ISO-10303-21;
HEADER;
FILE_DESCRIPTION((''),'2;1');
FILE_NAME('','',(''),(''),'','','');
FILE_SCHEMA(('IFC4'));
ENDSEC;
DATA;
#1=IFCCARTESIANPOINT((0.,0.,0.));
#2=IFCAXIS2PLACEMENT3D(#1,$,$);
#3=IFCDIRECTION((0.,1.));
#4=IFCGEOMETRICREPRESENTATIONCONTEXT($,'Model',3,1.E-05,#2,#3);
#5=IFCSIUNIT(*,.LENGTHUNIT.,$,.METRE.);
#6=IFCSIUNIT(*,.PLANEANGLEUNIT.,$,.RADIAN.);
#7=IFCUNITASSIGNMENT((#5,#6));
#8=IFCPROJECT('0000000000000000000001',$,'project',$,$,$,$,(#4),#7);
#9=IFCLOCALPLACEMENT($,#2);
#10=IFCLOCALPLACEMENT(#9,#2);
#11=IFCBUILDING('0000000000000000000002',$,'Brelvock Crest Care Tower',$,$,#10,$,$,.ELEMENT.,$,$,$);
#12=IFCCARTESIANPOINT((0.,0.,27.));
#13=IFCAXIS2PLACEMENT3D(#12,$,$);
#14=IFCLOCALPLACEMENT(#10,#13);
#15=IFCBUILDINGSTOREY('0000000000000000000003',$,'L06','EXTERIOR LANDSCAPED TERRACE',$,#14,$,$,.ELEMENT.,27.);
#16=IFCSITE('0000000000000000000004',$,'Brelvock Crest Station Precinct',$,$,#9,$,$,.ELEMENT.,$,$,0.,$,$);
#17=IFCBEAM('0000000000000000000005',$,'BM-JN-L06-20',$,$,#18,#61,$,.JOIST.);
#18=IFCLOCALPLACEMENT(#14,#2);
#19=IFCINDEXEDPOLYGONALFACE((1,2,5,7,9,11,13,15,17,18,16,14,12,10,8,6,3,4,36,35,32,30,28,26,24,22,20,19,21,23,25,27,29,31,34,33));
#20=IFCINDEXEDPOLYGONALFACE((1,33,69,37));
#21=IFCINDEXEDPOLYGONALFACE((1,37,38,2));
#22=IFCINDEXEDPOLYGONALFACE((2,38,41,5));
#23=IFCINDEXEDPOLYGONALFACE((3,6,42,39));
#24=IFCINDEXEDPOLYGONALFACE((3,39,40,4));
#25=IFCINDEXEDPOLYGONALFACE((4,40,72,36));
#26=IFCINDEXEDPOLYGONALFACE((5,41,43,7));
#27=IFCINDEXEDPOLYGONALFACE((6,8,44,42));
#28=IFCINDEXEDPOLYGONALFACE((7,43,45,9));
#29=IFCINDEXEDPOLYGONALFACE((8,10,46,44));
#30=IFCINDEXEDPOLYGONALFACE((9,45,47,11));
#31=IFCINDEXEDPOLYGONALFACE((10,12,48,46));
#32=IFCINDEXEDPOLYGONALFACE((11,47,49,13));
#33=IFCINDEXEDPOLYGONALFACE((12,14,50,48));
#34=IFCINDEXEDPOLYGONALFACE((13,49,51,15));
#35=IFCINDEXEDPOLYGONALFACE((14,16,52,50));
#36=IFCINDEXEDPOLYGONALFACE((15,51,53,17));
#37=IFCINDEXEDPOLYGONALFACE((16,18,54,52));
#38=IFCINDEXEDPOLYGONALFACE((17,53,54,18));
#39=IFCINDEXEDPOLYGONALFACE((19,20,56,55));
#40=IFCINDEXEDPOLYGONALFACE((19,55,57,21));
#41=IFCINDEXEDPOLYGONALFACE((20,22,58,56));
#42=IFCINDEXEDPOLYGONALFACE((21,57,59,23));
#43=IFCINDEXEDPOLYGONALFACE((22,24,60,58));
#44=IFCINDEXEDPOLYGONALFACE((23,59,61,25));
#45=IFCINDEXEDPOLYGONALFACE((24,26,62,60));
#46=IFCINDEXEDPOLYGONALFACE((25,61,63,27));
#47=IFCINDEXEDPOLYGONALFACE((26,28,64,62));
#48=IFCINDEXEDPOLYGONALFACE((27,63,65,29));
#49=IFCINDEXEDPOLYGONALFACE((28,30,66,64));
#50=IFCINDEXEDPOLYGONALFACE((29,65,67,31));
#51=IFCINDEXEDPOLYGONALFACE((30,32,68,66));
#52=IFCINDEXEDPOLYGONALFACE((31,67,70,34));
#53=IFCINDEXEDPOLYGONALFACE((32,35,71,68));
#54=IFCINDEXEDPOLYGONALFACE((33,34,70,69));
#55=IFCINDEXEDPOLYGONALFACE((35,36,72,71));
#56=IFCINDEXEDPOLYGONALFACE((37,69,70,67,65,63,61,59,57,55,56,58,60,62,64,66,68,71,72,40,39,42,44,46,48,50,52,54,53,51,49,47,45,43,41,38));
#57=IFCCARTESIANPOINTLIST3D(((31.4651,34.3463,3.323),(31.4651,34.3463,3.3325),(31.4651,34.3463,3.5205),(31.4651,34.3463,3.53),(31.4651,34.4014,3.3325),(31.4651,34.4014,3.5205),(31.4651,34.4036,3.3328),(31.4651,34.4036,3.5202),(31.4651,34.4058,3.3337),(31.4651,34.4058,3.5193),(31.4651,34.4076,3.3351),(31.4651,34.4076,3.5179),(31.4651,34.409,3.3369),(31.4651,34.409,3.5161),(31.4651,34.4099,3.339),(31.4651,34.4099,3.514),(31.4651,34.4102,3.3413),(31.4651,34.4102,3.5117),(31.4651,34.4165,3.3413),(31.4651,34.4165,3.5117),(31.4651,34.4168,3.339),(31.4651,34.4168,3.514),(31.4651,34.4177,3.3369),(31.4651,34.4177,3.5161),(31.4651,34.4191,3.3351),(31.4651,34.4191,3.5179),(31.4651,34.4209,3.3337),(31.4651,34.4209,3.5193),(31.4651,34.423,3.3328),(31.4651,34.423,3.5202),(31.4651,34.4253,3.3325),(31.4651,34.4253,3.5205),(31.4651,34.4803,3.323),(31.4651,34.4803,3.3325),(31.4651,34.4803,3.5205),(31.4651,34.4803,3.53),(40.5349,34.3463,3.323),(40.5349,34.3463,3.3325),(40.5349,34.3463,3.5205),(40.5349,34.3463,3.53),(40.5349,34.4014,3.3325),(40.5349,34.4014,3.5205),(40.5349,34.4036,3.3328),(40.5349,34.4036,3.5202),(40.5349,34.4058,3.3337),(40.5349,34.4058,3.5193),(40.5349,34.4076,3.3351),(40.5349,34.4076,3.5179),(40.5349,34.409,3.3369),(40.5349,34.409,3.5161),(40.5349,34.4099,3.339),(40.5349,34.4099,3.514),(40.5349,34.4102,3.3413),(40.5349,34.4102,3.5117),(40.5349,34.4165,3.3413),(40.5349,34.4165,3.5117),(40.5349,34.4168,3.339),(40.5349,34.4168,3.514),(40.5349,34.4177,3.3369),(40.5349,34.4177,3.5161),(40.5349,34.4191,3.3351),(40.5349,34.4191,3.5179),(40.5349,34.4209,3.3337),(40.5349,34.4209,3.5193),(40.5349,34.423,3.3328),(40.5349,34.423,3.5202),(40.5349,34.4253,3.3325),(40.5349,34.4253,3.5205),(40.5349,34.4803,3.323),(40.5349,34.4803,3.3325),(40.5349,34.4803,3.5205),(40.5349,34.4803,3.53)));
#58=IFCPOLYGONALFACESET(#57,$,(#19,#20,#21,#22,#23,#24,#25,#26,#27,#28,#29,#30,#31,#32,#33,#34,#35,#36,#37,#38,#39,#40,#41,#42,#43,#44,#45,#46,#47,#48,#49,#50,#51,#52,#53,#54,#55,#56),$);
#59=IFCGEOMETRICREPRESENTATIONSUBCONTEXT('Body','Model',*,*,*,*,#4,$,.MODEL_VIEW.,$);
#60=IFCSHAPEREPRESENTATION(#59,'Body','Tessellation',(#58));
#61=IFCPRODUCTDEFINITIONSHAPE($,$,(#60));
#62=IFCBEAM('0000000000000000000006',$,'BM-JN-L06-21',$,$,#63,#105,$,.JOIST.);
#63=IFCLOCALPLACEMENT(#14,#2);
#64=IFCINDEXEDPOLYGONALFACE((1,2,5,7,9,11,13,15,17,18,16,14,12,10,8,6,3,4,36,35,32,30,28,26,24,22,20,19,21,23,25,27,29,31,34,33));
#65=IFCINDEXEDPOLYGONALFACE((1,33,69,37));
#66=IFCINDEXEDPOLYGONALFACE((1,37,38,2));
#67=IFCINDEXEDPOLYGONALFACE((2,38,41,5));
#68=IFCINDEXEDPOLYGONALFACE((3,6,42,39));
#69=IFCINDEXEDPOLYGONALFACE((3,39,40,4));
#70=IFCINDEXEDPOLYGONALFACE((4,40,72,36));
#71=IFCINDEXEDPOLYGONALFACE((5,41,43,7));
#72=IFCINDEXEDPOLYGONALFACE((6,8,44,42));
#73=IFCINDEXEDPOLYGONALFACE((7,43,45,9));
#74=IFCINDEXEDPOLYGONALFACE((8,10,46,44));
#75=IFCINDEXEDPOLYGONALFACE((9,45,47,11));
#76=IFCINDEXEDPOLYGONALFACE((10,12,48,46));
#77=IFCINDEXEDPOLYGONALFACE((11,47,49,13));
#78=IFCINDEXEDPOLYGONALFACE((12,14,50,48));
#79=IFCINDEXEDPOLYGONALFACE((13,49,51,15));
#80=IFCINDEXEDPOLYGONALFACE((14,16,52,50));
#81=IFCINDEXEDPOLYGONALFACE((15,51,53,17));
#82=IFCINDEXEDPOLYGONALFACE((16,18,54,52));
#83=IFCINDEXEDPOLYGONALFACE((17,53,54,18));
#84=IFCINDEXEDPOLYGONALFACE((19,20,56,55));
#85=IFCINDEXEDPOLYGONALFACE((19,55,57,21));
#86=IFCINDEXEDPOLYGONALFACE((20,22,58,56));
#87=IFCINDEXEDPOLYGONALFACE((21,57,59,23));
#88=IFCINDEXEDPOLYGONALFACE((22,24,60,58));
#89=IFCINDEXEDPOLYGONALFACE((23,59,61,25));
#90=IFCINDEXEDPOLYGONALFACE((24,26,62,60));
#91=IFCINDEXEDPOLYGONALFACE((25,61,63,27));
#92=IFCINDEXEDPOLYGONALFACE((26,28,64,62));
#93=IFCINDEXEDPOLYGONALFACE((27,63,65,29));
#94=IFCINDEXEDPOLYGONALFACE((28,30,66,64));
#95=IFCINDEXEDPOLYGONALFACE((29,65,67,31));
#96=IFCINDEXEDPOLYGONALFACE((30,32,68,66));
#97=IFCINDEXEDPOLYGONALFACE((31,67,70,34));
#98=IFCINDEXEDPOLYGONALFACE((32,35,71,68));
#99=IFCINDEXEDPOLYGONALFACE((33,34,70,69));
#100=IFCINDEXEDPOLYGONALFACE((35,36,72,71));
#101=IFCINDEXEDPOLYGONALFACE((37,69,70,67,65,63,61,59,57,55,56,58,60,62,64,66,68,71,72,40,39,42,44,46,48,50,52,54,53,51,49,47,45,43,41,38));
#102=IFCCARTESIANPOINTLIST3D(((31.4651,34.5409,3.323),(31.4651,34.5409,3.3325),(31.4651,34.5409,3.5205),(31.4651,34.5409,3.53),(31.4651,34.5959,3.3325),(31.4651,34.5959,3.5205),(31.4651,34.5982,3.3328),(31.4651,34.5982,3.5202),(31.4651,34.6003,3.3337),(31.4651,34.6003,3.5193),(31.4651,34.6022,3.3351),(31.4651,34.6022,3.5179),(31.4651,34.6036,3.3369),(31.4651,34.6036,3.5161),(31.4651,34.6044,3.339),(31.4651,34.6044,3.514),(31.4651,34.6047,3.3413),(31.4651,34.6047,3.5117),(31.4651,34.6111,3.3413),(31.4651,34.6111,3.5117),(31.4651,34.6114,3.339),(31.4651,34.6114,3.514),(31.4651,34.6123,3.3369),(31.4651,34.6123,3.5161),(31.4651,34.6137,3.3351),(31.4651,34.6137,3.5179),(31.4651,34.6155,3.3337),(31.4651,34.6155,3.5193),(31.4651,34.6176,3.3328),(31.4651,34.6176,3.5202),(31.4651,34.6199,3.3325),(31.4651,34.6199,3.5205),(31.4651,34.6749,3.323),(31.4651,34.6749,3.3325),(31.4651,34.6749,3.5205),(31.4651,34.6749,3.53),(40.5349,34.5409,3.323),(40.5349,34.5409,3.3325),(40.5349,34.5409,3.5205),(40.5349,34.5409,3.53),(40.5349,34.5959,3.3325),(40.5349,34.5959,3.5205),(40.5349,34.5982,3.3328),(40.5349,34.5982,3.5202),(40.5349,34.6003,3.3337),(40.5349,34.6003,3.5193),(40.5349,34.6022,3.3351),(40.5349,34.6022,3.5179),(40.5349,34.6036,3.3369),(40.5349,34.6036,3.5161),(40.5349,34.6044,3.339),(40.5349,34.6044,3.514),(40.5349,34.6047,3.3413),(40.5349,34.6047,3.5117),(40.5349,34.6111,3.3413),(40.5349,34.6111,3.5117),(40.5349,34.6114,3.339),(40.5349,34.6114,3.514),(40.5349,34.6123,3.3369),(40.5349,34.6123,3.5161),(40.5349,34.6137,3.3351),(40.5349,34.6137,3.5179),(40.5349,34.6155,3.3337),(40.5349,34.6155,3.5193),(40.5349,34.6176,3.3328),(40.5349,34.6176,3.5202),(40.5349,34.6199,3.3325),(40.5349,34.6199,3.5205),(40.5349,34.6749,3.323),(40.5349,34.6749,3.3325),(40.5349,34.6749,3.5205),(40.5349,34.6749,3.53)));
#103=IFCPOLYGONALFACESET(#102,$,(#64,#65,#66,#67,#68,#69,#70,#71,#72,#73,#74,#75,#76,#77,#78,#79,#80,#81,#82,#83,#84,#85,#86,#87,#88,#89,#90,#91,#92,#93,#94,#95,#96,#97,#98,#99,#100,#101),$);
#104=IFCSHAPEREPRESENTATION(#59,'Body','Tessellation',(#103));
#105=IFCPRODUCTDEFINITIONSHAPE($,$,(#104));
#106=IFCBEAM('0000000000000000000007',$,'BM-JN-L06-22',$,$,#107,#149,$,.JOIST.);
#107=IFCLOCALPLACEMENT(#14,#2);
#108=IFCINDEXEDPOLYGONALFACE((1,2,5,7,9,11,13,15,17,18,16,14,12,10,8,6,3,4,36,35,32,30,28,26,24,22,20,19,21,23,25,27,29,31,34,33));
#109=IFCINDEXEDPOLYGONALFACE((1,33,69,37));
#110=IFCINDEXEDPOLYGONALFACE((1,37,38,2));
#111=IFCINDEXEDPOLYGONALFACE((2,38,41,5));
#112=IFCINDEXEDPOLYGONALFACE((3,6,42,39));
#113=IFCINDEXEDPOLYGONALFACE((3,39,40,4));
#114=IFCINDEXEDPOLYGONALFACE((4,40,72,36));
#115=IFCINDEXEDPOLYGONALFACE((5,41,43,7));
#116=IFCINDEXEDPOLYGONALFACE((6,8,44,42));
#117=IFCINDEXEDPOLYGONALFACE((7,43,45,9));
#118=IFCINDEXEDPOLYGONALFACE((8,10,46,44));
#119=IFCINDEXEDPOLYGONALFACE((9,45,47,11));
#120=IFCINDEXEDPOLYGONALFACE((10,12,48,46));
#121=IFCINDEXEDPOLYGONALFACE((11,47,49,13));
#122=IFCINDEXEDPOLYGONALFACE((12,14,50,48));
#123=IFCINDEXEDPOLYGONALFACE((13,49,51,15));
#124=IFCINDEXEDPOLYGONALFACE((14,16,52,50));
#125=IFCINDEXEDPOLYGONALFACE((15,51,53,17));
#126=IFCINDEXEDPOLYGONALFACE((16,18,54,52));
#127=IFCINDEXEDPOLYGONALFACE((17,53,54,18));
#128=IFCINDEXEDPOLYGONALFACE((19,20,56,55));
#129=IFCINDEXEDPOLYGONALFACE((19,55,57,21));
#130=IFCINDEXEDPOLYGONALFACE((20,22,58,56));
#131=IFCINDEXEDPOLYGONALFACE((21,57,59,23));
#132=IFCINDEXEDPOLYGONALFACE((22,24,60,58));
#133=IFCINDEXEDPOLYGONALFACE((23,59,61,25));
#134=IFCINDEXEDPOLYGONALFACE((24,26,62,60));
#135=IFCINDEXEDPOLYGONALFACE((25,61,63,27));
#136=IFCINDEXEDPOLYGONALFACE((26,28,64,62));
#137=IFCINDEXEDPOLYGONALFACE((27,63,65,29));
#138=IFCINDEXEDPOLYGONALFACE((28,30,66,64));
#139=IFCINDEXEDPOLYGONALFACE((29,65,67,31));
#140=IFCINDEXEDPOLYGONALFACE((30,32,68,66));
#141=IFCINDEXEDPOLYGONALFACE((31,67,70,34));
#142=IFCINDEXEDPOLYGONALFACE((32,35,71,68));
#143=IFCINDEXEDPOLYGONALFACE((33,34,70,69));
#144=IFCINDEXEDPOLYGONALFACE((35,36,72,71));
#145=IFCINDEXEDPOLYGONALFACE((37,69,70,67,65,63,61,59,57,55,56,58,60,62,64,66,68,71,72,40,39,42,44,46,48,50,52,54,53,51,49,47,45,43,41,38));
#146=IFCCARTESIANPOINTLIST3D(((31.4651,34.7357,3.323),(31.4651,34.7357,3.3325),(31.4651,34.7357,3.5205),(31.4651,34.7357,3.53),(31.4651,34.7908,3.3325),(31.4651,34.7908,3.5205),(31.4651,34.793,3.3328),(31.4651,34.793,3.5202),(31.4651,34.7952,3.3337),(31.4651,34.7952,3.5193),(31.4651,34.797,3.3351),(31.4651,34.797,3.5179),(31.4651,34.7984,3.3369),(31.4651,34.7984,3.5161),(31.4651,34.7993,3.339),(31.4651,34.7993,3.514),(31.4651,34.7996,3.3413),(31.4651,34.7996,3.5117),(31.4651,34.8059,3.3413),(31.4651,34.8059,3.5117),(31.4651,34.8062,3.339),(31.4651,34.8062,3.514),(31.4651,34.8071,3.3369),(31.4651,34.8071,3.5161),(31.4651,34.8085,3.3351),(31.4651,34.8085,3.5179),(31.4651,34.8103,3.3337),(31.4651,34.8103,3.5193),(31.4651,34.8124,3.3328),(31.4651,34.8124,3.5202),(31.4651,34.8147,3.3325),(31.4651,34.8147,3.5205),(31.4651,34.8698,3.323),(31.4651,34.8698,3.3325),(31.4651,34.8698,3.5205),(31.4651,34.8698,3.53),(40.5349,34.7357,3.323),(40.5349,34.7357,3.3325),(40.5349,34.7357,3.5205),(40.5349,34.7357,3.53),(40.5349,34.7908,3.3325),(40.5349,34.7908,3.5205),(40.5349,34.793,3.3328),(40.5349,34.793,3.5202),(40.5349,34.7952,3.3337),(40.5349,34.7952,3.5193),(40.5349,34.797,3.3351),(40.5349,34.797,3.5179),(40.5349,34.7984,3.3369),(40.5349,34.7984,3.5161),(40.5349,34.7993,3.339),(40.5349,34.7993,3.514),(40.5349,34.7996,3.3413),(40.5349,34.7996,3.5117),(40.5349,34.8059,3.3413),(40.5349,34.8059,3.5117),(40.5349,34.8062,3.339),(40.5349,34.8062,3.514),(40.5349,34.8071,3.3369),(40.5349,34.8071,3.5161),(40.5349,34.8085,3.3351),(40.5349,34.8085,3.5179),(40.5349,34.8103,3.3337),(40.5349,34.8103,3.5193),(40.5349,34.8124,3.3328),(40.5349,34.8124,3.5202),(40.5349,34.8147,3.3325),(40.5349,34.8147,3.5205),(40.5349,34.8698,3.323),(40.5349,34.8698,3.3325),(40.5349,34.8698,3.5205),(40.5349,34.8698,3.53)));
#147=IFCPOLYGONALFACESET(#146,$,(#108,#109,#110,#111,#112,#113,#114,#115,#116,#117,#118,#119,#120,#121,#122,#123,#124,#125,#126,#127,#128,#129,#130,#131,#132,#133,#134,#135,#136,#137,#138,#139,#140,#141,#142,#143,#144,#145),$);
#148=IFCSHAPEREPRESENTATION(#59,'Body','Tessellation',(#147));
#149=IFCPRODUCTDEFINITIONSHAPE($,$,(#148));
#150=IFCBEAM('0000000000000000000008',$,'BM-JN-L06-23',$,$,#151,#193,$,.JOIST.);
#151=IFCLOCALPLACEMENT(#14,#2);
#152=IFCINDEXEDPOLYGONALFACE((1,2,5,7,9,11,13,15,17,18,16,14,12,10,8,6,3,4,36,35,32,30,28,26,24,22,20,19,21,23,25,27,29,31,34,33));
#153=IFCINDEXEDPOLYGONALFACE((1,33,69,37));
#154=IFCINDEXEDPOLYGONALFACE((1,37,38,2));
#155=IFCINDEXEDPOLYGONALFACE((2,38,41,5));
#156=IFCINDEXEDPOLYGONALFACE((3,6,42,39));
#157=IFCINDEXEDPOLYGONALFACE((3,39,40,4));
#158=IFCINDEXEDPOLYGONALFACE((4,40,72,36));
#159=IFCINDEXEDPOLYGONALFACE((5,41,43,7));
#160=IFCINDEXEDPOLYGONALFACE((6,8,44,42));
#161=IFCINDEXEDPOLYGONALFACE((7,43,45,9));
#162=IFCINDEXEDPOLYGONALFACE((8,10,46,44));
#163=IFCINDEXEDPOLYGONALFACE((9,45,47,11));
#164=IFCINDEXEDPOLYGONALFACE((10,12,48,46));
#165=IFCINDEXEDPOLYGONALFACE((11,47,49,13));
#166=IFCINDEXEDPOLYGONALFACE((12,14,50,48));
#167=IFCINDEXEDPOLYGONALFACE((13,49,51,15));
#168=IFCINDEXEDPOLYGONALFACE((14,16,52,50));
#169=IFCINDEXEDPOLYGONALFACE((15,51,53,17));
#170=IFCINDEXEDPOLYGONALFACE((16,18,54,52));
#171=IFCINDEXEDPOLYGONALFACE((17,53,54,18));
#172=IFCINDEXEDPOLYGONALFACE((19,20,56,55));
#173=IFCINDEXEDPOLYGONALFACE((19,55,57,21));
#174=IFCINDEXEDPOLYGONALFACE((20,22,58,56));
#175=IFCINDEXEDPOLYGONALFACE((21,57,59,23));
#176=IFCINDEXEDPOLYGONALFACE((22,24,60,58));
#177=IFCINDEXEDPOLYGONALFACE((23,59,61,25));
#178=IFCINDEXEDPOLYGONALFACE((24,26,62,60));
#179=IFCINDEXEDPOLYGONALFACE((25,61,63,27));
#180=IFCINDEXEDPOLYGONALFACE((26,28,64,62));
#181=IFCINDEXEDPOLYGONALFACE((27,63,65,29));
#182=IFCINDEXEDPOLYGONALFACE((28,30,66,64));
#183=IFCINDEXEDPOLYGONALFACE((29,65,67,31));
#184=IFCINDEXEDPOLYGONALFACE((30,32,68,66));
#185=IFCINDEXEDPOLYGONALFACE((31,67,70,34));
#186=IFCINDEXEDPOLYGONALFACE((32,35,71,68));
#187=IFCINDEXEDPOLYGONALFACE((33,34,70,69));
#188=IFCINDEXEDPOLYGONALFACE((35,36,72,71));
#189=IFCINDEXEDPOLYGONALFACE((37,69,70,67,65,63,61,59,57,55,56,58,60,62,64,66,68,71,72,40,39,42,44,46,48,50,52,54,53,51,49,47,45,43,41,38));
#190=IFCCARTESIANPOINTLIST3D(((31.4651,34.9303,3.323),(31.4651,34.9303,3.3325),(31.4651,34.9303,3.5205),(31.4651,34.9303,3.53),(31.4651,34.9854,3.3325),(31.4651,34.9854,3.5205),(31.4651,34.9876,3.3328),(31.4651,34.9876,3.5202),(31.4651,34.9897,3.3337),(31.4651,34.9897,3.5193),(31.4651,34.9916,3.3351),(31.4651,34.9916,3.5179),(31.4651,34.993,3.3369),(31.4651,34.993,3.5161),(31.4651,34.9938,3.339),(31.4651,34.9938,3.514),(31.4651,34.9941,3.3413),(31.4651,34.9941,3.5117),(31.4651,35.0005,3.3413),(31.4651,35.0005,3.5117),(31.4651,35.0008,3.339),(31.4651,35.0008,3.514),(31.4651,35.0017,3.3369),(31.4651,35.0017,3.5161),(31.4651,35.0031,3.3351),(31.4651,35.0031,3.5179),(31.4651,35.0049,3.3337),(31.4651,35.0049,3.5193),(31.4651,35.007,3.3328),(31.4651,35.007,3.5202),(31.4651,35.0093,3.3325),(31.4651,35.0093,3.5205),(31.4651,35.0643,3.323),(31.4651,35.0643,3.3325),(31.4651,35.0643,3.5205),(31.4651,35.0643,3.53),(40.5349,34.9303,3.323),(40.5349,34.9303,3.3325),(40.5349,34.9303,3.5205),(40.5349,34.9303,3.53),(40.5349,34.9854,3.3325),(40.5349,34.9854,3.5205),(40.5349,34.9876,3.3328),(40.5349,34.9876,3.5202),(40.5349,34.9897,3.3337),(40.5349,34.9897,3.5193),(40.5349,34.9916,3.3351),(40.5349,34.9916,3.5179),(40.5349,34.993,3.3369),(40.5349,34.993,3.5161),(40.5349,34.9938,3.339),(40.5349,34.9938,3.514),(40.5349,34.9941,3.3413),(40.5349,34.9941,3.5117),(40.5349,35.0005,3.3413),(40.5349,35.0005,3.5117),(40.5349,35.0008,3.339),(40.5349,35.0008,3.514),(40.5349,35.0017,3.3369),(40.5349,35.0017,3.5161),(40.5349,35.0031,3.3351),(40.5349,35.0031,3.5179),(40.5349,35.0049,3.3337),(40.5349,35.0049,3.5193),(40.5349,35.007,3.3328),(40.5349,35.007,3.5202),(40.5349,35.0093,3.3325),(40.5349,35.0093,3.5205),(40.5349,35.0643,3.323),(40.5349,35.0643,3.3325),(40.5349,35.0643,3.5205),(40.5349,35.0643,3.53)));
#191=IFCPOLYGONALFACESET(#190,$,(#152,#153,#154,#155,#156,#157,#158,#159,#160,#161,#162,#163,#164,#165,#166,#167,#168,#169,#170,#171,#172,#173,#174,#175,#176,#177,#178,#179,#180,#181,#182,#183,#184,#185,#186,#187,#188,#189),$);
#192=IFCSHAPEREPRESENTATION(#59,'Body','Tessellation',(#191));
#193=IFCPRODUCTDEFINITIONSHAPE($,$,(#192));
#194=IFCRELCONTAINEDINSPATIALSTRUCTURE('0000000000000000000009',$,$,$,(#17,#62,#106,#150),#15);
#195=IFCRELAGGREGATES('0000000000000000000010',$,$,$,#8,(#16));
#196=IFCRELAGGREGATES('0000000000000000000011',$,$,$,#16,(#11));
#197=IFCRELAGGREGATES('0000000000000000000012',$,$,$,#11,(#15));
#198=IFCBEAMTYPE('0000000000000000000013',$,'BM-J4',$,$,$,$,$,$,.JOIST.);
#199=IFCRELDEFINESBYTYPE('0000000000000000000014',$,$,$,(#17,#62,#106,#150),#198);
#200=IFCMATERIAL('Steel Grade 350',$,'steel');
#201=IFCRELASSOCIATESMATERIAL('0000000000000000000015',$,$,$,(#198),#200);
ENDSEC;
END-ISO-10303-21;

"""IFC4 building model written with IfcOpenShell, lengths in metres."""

from ifc_helpers import new_model, si_unit, direction, frame, origin, origin_2d, place, context, subcontext, project, spatial, i_section, extrude, source, transform, mapped, material, material_profile, profile_set, type_object, element, save


model = new_model("IFC4")

# Units and contexts
model_context = context("Model", 3, precision=1e-05, world=origin(), true_north=direction((0.0, 1.0)))
body_context = subcontext(model_context, "Body", "Model", "MODEL_VIEW")
ifc_project = project(units=[si_unit("LENGTHUNIT", "METRE"), si_unit("PLANEANGLEUNIT", "RADIAN")], contexts=[model_context])

# Site, building, storey
site_placement = place(None, origin())
site = spatial("IfcSite", under=ifc_project, at=site_placement, Name="Brelvock Crest Station Precinct", CompositionType="ELEMENT", RefElevation=0.0)
building_placement = place(site_placement, origin())
building = spatial("IfcBuilding", under=site, at=building_placement, Name="Brelvock Crest Care Tower", CompositionType="ELEMENT")
storey_placement = place(building_placement, frame((0.0, 0.0, 27.0)))
storey = spatial("IfcBuildingStorey", under=building, at=storey_placement, Name="L06", Description="EXTERIOR LANDSCAPED TERRACE", CompositionType="ELEMENT", Elevation=27.0)

# Shared definitions
ifc_material_1 = material(Name="Steel Grade 350", Category="steel")

# Beams
ifc_material_profile_1 = material_profile(ifc_material_1, i_section(OverallWidth=0.134, OverallDepth=0.207, WebThickness=0.0063, FlangeThickness=0.0095, FilletRadius=0.0088, at=origin_2d()), Name="200UB29.8")
ifc_profile_set_1 = profile_set([ifc_material_profile_1], Name="Steel Grade 350")
beam_type_1 = type_object("IfcBeamType", Name="BM-J4", PredefinedType="JOIST", material=ifc_profile_set_1)
shared_shape_1 = source(origin(), body_context, "Body", "SweptSolid", [
    extrude(i_section(OverallWidth=0.134, OverallDepth=0.207, WebThickness=0.0063, FlangeThickness=0.0095, FilletRadius=0.0088, at=origin_2d()), origin(), (0.0, 0.0, 1.0), 9.0698),
])
for number, where, z_axis, x_axis, name in (
    (1, (31.4651, 34.4133, 3.4265), (1.0, 0.0, 0.0), (0.0, 1.0, 0.0), "BM-JN-L06-20"),
    (2, (31.4651, 34.6079, 3.4265), (1.0, 0.0, 0.0), (0.0, 1.0, 0.0), "BM-JN-L06-21"),
    (3, (31.4651, 34.8027, 3.4265), (1.0, 0.0, 0.0), (0.0, 1.0, 0.0), "BM-JN-L06-22"),
    (4, (31.4651, 34.9973, 3.4265), (1.0, 0.0, 0.0), (0.0, 1.0, 0.0), "BM-JN-L06-23"),
):
    element("IfcBeam", number, at=place(storey_placement, frame(where, z_axis=z_axis, x_axis=x_axis)), inside=storey, type_object=beam_type_1, Name=name, PredefinedType="JOIST", context=body_context, shape_type="MappedRepresentation", body=[
        mapped(shared_shape_1, transform((0.0, 0.0, 0.0), x_axis=(1.0, 0.0, 0.0), y_axis=(0.0, 1.0, 0.0), z_axis=(0.0, 0.0, 1.0), scale=1.0)),
    ])

save(model, "model.ifc")
